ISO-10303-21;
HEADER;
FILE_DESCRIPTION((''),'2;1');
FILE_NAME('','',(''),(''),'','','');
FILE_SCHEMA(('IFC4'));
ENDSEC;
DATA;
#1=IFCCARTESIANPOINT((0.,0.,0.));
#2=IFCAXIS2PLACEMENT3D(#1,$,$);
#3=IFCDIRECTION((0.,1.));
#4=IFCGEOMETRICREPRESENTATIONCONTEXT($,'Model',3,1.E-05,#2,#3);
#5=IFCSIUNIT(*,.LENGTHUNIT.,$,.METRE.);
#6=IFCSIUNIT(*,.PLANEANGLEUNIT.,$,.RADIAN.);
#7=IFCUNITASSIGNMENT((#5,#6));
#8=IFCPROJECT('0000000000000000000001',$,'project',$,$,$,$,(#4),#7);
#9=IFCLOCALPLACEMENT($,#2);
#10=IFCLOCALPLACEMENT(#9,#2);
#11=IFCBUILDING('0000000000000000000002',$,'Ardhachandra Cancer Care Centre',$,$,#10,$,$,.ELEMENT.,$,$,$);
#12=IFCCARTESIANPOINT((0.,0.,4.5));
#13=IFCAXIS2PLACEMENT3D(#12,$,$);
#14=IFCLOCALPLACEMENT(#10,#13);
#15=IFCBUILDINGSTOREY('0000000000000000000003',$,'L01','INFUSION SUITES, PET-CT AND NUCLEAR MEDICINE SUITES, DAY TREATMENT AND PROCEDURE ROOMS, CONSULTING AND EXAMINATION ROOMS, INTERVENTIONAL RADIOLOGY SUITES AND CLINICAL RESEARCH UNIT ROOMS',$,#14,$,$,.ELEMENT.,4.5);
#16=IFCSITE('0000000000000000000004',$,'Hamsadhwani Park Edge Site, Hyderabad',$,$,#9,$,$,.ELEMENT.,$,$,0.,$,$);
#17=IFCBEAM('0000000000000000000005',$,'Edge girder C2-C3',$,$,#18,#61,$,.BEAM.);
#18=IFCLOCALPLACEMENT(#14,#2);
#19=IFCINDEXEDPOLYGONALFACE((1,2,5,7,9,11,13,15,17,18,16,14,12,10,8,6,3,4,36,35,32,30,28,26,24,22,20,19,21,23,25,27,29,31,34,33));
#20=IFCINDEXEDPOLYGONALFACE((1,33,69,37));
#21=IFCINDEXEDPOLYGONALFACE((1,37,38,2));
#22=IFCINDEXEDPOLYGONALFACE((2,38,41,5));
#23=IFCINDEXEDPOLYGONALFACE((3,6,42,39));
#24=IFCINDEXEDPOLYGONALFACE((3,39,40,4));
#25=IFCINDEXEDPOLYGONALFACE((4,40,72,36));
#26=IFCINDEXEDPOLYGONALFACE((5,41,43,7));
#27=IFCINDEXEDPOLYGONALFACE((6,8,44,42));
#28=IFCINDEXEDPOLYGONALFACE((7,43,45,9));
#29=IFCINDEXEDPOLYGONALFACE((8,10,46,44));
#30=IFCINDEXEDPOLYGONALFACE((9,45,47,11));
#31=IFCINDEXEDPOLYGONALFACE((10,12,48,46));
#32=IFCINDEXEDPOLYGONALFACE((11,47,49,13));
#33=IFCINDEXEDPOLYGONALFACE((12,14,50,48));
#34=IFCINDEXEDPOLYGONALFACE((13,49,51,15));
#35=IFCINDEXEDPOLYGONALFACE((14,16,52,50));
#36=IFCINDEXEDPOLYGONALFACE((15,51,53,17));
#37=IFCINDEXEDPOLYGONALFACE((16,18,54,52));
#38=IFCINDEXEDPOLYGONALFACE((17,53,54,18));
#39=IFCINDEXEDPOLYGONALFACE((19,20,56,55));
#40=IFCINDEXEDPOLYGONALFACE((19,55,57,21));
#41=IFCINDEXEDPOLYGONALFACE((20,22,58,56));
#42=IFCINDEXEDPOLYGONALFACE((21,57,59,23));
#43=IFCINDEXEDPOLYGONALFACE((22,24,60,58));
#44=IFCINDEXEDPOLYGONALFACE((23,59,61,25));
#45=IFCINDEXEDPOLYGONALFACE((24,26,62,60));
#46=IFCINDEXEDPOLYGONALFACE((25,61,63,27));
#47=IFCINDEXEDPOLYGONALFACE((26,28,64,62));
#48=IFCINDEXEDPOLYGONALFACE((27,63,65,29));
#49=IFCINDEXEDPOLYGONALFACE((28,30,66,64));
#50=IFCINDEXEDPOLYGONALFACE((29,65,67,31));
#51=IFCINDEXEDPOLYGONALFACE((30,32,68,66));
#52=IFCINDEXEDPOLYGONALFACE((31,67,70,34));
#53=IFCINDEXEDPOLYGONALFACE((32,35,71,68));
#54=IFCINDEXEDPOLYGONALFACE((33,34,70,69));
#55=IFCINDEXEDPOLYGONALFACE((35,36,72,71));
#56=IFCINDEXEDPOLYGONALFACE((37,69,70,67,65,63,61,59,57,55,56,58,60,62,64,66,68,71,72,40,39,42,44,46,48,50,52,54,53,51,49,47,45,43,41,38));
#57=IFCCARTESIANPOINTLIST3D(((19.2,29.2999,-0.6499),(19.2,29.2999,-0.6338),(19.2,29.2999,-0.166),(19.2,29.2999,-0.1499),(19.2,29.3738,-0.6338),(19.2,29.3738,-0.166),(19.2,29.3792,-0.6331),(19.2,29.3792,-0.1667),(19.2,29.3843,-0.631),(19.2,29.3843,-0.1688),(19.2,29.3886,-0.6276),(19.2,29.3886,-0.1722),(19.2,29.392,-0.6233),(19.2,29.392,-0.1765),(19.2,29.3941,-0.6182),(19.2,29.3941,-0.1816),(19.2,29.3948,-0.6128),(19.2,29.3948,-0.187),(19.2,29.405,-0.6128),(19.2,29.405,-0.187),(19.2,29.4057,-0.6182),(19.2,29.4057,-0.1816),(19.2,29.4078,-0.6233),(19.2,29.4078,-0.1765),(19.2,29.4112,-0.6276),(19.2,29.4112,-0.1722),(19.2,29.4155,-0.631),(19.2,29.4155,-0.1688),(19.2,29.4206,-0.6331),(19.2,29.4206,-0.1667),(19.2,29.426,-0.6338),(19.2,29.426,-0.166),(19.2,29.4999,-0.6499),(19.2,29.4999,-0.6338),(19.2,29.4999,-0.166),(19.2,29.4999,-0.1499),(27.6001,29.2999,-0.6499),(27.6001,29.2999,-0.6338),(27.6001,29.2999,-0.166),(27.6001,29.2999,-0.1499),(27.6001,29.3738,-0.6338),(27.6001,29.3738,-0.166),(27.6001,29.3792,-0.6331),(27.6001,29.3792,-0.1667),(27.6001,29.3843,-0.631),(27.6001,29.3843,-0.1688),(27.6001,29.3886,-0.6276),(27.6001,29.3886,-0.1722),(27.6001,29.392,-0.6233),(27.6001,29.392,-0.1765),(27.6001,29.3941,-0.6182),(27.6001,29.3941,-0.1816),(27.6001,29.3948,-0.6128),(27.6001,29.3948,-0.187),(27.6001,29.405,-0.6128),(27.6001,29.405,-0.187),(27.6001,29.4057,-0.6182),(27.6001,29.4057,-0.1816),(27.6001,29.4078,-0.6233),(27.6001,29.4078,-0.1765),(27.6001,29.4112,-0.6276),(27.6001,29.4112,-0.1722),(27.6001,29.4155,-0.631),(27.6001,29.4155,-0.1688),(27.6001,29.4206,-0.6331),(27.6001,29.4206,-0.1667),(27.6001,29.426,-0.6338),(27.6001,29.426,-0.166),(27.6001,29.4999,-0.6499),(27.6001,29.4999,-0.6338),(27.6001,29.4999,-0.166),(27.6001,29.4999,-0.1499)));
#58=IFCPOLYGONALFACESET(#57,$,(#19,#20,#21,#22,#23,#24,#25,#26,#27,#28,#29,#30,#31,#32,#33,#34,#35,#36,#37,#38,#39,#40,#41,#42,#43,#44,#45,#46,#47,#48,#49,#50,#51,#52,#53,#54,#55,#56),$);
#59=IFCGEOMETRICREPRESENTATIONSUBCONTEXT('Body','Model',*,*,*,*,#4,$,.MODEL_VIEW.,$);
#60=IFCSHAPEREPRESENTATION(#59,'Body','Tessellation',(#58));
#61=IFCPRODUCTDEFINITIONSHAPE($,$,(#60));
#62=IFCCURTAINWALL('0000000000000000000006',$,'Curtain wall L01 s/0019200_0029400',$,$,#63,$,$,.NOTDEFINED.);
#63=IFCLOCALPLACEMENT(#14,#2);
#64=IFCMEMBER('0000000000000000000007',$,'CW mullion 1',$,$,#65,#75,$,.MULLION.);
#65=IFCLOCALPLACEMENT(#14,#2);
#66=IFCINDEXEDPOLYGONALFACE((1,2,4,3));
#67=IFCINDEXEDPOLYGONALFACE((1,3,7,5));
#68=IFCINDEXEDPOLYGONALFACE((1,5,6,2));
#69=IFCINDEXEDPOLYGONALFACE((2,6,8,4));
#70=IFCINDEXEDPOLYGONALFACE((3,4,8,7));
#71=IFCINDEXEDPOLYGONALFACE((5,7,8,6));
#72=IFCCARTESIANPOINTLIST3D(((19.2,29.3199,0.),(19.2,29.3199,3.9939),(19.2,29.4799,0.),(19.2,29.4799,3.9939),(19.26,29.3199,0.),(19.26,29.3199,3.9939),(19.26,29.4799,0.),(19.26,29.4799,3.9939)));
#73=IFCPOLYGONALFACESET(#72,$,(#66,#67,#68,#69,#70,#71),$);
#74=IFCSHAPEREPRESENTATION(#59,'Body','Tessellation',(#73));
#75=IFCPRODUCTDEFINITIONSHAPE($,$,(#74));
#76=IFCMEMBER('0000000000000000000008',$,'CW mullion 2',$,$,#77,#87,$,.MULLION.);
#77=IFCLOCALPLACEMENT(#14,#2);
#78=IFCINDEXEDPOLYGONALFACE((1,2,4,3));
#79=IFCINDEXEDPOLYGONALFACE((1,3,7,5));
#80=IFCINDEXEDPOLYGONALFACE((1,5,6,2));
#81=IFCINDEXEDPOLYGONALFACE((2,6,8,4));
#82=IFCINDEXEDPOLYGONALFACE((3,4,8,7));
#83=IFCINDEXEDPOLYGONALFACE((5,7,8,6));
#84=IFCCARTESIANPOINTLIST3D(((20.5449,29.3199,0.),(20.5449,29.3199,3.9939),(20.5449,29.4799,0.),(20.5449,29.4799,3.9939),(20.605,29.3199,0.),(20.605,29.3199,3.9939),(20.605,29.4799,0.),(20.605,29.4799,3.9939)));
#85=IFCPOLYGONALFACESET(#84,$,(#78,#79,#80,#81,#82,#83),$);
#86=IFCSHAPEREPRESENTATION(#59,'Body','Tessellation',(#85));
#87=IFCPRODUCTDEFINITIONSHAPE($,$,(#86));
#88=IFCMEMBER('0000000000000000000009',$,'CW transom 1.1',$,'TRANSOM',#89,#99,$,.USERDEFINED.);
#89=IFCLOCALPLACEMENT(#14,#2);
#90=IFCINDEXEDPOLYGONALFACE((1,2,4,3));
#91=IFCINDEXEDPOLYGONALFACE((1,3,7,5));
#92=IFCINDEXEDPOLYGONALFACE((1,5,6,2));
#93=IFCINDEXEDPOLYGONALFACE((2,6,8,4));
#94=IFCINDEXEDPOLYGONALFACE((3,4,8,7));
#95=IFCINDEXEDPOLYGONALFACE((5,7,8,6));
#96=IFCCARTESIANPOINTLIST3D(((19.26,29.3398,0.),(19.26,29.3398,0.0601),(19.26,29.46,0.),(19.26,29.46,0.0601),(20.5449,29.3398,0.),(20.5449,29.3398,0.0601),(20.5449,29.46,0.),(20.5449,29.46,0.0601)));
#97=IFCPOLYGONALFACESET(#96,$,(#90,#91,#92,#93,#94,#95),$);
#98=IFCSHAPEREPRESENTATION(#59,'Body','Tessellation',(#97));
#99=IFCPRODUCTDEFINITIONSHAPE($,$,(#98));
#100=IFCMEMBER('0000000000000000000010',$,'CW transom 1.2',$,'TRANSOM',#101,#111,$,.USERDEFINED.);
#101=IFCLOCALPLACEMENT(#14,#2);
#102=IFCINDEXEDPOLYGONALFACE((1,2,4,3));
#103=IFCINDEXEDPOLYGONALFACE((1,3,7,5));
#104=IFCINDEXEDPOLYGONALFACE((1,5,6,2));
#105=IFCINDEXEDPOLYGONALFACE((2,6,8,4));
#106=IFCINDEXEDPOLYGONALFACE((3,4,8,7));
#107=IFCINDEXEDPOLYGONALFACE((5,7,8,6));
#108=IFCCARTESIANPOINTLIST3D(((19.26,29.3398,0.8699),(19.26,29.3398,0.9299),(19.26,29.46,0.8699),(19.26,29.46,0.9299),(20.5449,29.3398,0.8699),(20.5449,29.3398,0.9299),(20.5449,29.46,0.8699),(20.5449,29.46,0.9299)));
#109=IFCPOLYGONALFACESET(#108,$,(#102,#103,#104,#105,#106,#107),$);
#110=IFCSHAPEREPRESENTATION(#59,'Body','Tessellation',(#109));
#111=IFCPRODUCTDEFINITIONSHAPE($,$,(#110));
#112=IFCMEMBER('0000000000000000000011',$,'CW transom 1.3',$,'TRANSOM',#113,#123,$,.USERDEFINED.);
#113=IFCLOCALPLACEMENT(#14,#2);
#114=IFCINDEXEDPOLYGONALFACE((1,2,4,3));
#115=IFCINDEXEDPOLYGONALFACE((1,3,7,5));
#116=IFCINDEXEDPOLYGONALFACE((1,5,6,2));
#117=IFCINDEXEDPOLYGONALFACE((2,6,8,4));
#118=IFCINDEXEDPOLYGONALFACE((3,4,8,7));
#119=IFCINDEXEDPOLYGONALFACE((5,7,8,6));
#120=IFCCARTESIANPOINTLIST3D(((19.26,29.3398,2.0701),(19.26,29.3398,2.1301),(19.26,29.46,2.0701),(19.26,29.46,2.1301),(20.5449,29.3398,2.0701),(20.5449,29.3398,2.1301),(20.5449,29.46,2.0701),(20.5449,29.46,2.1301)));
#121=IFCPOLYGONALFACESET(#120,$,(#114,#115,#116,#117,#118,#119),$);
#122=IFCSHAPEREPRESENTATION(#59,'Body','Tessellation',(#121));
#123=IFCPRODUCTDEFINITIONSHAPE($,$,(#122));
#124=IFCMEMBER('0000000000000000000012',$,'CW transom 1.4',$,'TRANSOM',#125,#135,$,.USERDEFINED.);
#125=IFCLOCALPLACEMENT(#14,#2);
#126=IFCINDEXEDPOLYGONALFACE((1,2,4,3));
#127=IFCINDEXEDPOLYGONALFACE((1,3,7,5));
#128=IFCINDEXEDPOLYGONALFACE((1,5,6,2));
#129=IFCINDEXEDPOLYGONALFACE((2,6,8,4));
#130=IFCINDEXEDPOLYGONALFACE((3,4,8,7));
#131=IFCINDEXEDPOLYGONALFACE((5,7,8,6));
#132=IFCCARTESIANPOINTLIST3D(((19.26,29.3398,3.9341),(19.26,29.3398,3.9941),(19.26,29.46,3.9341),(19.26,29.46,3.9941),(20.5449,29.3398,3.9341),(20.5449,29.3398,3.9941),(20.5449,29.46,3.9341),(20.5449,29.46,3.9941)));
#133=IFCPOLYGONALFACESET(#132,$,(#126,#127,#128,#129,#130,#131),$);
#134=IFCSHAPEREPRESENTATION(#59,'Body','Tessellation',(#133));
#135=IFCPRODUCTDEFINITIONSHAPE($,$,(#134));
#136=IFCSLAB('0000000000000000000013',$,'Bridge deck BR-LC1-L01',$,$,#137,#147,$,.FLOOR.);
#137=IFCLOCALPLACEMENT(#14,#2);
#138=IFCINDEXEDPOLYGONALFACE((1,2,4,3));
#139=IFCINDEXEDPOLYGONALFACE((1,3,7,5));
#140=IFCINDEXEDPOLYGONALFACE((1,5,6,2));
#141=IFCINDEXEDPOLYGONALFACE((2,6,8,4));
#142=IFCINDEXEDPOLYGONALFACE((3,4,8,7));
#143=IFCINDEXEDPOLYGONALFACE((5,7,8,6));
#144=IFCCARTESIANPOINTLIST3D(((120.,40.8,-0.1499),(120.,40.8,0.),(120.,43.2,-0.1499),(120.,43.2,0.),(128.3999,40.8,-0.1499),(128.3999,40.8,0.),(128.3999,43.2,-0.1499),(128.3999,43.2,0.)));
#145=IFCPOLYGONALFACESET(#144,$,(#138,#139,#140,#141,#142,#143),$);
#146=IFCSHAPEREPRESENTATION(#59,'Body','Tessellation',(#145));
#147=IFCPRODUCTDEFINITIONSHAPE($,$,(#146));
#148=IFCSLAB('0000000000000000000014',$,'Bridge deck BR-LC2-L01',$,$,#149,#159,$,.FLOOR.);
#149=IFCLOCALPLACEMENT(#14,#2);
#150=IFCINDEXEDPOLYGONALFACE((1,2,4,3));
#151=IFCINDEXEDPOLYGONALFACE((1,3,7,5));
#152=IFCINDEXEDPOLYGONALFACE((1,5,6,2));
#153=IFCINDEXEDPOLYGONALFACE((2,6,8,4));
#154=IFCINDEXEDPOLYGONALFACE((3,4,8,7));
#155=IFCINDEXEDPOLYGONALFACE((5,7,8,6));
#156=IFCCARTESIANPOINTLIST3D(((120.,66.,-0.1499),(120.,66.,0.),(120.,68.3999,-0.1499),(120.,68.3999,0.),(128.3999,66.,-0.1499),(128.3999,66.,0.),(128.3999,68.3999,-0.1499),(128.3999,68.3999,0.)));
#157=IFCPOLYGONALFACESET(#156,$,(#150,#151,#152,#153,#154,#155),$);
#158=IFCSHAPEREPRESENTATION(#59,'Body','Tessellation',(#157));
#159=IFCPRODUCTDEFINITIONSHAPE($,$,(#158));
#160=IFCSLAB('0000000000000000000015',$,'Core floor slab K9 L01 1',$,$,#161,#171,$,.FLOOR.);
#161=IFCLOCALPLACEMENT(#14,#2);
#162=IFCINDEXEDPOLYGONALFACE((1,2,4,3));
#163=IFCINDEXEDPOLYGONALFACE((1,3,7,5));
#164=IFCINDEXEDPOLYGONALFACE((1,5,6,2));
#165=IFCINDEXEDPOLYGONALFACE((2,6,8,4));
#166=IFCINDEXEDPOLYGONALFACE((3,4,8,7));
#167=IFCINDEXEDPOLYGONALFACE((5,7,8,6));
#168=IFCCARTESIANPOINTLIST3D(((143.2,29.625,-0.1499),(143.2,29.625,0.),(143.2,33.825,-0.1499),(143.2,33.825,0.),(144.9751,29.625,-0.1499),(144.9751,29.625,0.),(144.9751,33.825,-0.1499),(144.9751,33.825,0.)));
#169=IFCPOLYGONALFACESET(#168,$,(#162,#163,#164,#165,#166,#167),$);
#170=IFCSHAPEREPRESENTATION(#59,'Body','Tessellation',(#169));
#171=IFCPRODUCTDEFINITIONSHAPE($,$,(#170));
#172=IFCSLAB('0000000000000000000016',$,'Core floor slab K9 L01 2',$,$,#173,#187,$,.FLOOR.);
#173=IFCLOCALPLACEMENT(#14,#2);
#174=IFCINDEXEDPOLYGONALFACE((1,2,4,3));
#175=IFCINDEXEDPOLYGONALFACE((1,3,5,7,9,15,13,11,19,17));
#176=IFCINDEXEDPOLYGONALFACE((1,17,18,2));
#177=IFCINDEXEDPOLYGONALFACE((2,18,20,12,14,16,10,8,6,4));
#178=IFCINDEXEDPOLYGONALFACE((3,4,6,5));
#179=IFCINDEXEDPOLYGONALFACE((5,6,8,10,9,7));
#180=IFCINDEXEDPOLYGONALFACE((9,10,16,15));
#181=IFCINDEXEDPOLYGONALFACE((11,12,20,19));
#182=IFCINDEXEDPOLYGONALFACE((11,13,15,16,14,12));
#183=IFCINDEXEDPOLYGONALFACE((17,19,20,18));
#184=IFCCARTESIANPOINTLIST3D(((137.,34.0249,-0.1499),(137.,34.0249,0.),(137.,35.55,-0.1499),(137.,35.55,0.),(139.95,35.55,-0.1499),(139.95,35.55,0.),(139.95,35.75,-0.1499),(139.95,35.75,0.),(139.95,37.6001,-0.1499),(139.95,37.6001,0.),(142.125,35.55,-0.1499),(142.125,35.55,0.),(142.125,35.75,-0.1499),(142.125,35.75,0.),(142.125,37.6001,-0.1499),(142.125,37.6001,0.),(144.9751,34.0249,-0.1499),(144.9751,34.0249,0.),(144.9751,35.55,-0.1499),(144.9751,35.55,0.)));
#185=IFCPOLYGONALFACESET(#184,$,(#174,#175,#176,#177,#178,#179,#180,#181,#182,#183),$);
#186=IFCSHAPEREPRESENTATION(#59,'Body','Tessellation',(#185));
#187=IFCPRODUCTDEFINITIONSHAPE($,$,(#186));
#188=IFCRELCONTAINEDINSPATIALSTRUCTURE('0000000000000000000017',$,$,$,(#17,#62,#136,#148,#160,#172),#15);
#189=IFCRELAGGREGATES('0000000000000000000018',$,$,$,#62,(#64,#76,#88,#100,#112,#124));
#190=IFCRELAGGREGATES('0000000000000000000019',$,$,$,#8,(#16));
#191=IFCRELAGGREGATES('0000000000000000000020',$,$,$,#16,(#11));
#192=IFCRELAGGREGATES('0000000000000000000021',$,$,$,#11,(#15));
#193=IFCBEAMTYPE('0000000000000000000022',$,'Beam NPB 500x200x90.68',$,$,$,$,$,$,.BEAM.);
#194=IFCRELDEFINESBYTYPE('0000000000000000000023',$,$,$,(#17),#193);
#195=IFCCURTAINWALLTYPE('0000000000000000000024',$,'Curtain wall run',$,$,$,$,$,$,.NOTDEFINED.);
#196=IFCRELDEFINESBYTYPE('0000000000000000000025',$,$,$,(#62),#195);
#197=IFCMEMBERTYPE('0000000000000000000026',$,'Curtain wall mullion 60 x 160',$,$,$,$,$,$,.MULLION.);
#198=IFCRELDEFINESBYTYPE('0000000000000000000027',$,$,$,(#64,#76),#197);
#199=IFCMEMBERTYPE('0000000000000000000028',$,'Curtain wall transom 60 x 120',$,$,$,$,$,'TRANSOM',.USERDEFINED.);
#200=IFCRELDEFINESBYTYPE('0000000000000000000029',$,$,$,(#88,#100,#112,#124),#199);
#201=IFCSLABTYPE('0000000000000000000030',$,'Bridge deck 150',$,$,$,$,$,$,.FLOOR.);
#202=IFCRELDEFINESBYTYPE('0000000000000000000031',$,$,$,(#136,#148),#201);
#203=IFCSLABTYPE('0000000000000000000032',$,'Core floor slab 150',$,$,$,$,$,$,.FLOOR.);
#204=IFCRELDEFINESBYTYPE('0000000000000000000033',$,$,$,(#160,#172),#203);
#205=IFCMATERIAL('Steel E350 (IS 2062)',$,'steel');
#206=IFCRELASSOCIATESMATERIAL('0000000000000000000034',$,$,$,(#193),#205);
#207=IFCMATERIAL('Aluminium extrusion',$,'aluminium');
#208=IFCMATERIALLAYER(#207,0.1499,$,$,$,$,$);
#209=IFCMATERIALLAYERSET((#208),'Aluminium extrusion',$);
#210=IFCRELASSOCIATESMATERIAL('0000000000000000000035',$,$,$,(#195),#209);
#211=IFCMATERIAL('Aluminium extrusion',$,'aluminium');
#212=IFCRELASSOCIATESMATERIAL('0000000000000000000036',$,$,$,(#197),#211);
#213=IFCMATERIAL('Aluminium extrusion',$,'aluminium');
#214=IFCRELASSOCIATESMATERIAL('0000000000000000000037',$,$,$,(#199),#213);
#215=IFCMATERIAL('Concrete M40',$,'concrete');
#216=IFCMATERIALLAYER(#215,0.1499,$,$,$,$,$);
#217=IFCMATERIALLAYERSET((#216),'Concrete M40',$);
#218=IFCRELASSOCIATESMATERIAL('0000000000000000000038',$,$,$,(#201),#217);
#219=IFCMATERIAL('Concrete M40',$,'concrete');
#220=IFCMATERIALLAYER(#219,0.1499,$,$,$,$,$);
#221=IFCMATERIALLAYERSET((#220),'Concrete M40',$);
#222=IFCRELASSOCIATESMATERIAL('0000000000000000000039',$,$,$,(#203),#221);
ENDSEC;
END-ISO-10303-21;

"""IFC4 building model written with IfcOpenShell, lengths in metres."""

from ifc_helpers import new_model, si_unit, direction, frame, origin, origin_2d, place, context, subcontext, project, spatial, polyline, rectangle, i_section, outline, extrude, material, layer, layer_set, material_profile, profile_set, type_object, element, aggregate, save


model = new_model("IFC4")

# Units and contexts
model_context = context("Model", 3, precision=1e-05, world=origin(), true_north=direction((0.0, 1.0)))
body_context = subcontext(model_context, "Body", "Model", "MODEL_VIEW")
ifc_project = project(units=[si_unit("LENGTHUNIT", "METRE"), si_unit("PLANEANGLEUNIT", "RADIAN")], contexts=[model_context])

# Site, building, storey
site_placement = place(None, origin())
site = spatial("IfcSite", under=ifc_project, at=site_placement, Name="Hamsadhwani Park Edge Site, Hyderabad", CompositionType="ELEMENT", RefElevation=0.0)
building_placement = place(site_placement, origin())
building = spatial("IfcBuilding", under=site, at=building_placement, Name="Ardhachandra Cancer Care Centre", CompositionType="ELEMENT")
storey_placement = place(building_placement, frame((0.0, 0.0, 4.5)))
storey = spatial("IfcBuildingStorey", under=building, at=storey_placement, Name="L01", Description="INFUSION SUITES, PET-CT AND NUCLEAR MEDICINE SUITES, DAY TREATMENT AND PROCEDURE ROOMS, CONSULTING AND EXAMINATION ROOMS, INTERVENTIONAL RADIOLOGY SUITES AND CLINICAL RESEARCH UNIT ROOMS", CompositionType="ELEMENT", Elevation=4.5)

# Beam
ifc_material_1 = material(Name="Steel E350 (IS 2062)", Category="steel")
ifc_material_profile_1 = material_profile(ifc_material_1, i_section(OverallWidth=0.2, OverallDepth=0.5, WebThickness=0.0103, FlangeThickness=0.0161, FilletRadius=0.021, at=origin_2d()), Name="NPB 500x200x90.68")
ifc_profile_set_1 = profile_set([ifc_material_profile_1], Name="Steel E350 (IS 2062)")
beam_type = type_object("IfcBeamType", Name="Beam NPB 500x200x90.68", PredefinedType="BEAM", material=ifc_profile_set_1)
beam_placement = place(storey_placement, frame((19.2, 29.3999, -0.3999), z_axis=(1.0, 0.0, 0.0), x_axis=(0.0, 1.0, 0.0)))
element("IfcBeam", 1, at=beam_placement, inside=storey, type_object=beam_type, Name="Edge girder C2-C3", PredefinedType="BEAM", context=body_context, shape_type="SweptSolid", body=[
    extrude(i_section(OverallWidth=0.2, OverallDepth=0.5, WebThickness=0.0103, FlangeThickness=0.0161, FilletRadius=0.021, at=origin_2d()), origin(), (0.0, 0.0, 1.0), 8.4001),
])

# Curtain wall, members
ifc_material_2 = material(Name="Aluminium extrusion", Category="aluminium")
ifc_layer_1 = layer(ifc_material_2, 0.1499)
ifc_layer_set_1 = layer_set([ifc_layer_1], Name="Aluminium extrusion")
curtain_wall_type = type_object("IfcCurtainWallType", Name="Curtain wall run", PredefinedType="NOTDEFINED", material=ifc_layer_set_1)
curtain_wall_placement = place(storey_placement, origin())
curtain_wall = element("IfcCurtainWall", 2, at=curtain_wall_placement, inside=storey, type_object=curtain_wall_type, Name="Curtain wall L01 s/0019200_0029400", PredefinedType="NOTDEFINED")
ifc_material_3 = material(Name="Aluminium extrusion", Category="aluminium")
ifc_material_profile_2 = material_profile(ifc_material_3, rectangle(XDim=0.1599, YDim=0.0601, at=origin_2d()), Name="Curtain wall mullion 60 x 160")
ifc_profile_set_2 = profile_set([ifc_material_profile_2], Name="Aluminium extrusion")
member_type_1 = type_object("IfcMemberType", Name="Curtain wall mullion 60 x 160", PredefinedType="MULLION", material=ifc_profile_set_2)
member_1_placement = place(storey_placement, frame((19.23, 29.3999, 0.0), z_axis=(0.0, 0.0, 1.0), x_axis=(0.0, 1.0, 0.0)))
member_1 = element("IfcMember", 3, at=member_1_placement, type_object=member_type_1, Name="CW mullion 1", PredefinedType="MULLION", context=body_context, shape_type="SweptSolid", body=[
    extrude(rectangle(XDim=0.1599, YDim=0.0601, at=origin_2d()), origin(), (0.0, 0.0, 1.0), 3.9939),
])
member_2_placement = place(storey_placement, frame((20.575, 29.3999, 0.0), z_axis=(0.0, 0.0, 1.0), x_axis=(0.0, 1.0, 0.0)))
member_2 = element("IfcMember", 4, at=member_2_placement, type_object=member_type_1, Name="CW mullion 2", PredefinedType="MULLION", context=body_context, shape_type="SweptSolid", body=[
    extrude(rectangle(XDim=0.1599, YDim=0.0601, at=origin_2d()), origin(), (0.0, 0.0, 1.0), 3.9939),
])
ifc_material_4 = material(Name="Aluminium extrusion", Category="aluminium")
ifc_material_profile_3 = material_profile(ifc_material_4, rectangle(XDim=0.1201, YDim=0.0601, at=origin_2d()), Name="Curtain wall transom 60 x 120")
ifc_profile_set_3 = profile_set([ifc_material_profile_3], Name="Aluminium extrusion")
member_type_2 = type_object("IfcMemberType", Name="Curtain wall transom 60 x 120", ElementType="TRANSOM", PredefinedType="USERDEFINED", material=ifc_profile_set_3)
member_3_placement = place(storey_placement, frame((19.26, 29.3999, 0.03), z_axis=(1.0, 0.0, 0.0), x_axis=(0.0, 1.0, 0.0)))
member_3 = element("IfcMember", 5, at=member_3_placement, type_object=member_type_2, Name="CW transom 1.1", ObjectType="TRANSOM", PredefinedType="USERDEFINED", context=body_context, shape_type="SweptSolid", body=[
    extrude(rectangle(XDim=0.1201, YDim=0.0601, at=origin_2d()), origin(), (0.0, 0.0, 1.0), 1.2849),
])
member_4_placement = place(storey_placement, frame((19.26, 29.3999, 0.8999), z_axis=(1.0, 0.0, 0.0), x_axis=(0.0, 1.0, 0.0)))
member_4 = element("IfcMember", 6, at=member_4_placement, type_object=member_type_2, Name="CW transom 1.2", ObjectType="TRANSOM", PredefinedType="USERDEFINED", context=body_context, shape_type="SweptSolid", body=[
    extrude(rectangle(XDim=0.1201, YDim=0.0601, at=origin_2d()), origin(), (0.0, 0.0, 1.0), 1.2849),
])
member_5_placement = place(storey_placement, frame((19.26, 29.3999, 2.1001), z_axis=(1.0, 0.0, 0.0), x_axis=(0.0, 1.0, 0.0)))
member_5 = element("IfcMember", 7, at=member_5_placement, type_object=member_type_2, Name="CW transom 1.3", ObjectType="TRANSOM", PredefinedType="USERDEFINED", context=body_context, shape_type="SweptSolid", body=[
    extrude(rectangle(XDim=0.1201, YDim=0.0601, at=origin_2d()), origin(), (0.0, 0.0, 1.0), 1.2849),
])
member_6_placement = place(storey_placement, frame((19.26, 29.3999, 3.9641), z_axis=(1.0, 0.0, 0.0), x_axis=(0.0, 1.0, 0.0)))
member_6 = element("IfcMember", 8, at=member_6_placement, type_object=member_type_2, Name="CW transom 1.4", ObjectType="TRANSOM", PredefinedType="USERDEFINED", context=body_context, shape_type="SweptSolid", body=[
    extrude(rectangle(XDim=0.1201, YDim=0.0601, at=origin_2d()), origin(), (0.0, 0.0, 1.0), 1.2849),
])

# Slabs
ifc_material_5 = material(Name="Concrete M40", Category="concrete")
ifc_layer_2 = layer(ifc_material_5, 0.1499)
ifc_layer_set_2 = layer_set([ifc_layer_2], Name="Concrete M40")
slab_type_1 = type_object("IfcSlabType", Name="Bridge deck 150", PredefinedType="FLOOR", material=ifc_layer_set_2)
slab_1_placement = place(storey_placement, frame((0.0, 0.0, -0.1499)))
element("IfcSlab", 9, at=slab_1_placement, inside=storey, type_object=slab_type_1, Name="Bridge deck BR-LC1-L01", PredefinedType="FLOOR", context=body_context, shape_type="SweptSolid", body=[
    extrude(outline(polyline([(120.0, 40.8), (128.3999, 40.8), (128.3999, 43.2), (120.0, 43.2), (120.0, 40.8)])), origin(), (0.0, 0.0, 1.0), 0.1499),
])
slab_2_placement = place(storey_placement, frame((0.0, 0.0, -0.1499)))
element("IfcSlab", 10, at=slab_2_placement, inside=storey, type_object=slab_type_1, Name="Bridge deck BR-LC2-L01", PredefinedType="FLOOR", context=body_context, shape_type="SweptSolid", body=[
    extrude(outline(polyline([(120.0, 66.0), (128.3999, 66.0), (128.3999, 68.3999), (120.0, 68.3999), (120.0, 66.0)])), origin(), (0.0, 0.0, 1.0), 0.1499),
])
ifc_material_6 = material(Name="Concrete M40", Category="concrete")
ifc_layer_3 = layer(ifc_material_6, 0.1499)
ifc_layer_set_3 = layer_set([ifc_layer_3], Name="Concrete M40")
slab_type_2 = type_object("IfcSlabType", Name="Core floor slab 150", PredefinedType="FLOOR", material=ifc_layer_set_3)
slab_3_placement = place(storey_placement, frame((0.0, 0.0, -0.1499)))
element("IfcSlab", 11, at=slab_3_placement, inside=storey, type_object=slab_type_2, Name="Core floor slab K9 L01 1", PredefinedType="FLOOR", context=body_context, shape_type="SweptSolid", body=[
    extrude(outline(polyline([(144.9751, 29.625), (144.9751, 33.825), (143.2, 33.825), (143.2, 29.625), (144.9751, 29.625)])), origin(), (0.0, 0.0, 1.0), 0.1499),
])
slab_4_placement = place(storey_placement, frame((0.0, 0.0, -0.1499)))
element("IfcSlab", 12, at=slab_4_placement, inside=storey, type_object=slab_type_2, Name="Core floor slab K9 L01 2", PredefinedType="FLOOR", context=body_context, shape_type="SweptSolid", body=[
    extrude(outline(polyline([(139.95, 37.6001), (139.95, 35.75), (139.95, 35.55), (137.0, 35.55), (137.0, 34.0249), (144.9751, 34.0249), (144.9751, 35.55), (142.125, 35.55), (142.125, 35.75), (142.125, 37.6001), (139.95, 37.6001)])), origin(), (0.0, 0.0, 1.0), 0.1499),
])

aggregate(curtain_wall, [member_1, member_2, member_3, member_4, member_5, member_6])

save(model, "model.ifc")
